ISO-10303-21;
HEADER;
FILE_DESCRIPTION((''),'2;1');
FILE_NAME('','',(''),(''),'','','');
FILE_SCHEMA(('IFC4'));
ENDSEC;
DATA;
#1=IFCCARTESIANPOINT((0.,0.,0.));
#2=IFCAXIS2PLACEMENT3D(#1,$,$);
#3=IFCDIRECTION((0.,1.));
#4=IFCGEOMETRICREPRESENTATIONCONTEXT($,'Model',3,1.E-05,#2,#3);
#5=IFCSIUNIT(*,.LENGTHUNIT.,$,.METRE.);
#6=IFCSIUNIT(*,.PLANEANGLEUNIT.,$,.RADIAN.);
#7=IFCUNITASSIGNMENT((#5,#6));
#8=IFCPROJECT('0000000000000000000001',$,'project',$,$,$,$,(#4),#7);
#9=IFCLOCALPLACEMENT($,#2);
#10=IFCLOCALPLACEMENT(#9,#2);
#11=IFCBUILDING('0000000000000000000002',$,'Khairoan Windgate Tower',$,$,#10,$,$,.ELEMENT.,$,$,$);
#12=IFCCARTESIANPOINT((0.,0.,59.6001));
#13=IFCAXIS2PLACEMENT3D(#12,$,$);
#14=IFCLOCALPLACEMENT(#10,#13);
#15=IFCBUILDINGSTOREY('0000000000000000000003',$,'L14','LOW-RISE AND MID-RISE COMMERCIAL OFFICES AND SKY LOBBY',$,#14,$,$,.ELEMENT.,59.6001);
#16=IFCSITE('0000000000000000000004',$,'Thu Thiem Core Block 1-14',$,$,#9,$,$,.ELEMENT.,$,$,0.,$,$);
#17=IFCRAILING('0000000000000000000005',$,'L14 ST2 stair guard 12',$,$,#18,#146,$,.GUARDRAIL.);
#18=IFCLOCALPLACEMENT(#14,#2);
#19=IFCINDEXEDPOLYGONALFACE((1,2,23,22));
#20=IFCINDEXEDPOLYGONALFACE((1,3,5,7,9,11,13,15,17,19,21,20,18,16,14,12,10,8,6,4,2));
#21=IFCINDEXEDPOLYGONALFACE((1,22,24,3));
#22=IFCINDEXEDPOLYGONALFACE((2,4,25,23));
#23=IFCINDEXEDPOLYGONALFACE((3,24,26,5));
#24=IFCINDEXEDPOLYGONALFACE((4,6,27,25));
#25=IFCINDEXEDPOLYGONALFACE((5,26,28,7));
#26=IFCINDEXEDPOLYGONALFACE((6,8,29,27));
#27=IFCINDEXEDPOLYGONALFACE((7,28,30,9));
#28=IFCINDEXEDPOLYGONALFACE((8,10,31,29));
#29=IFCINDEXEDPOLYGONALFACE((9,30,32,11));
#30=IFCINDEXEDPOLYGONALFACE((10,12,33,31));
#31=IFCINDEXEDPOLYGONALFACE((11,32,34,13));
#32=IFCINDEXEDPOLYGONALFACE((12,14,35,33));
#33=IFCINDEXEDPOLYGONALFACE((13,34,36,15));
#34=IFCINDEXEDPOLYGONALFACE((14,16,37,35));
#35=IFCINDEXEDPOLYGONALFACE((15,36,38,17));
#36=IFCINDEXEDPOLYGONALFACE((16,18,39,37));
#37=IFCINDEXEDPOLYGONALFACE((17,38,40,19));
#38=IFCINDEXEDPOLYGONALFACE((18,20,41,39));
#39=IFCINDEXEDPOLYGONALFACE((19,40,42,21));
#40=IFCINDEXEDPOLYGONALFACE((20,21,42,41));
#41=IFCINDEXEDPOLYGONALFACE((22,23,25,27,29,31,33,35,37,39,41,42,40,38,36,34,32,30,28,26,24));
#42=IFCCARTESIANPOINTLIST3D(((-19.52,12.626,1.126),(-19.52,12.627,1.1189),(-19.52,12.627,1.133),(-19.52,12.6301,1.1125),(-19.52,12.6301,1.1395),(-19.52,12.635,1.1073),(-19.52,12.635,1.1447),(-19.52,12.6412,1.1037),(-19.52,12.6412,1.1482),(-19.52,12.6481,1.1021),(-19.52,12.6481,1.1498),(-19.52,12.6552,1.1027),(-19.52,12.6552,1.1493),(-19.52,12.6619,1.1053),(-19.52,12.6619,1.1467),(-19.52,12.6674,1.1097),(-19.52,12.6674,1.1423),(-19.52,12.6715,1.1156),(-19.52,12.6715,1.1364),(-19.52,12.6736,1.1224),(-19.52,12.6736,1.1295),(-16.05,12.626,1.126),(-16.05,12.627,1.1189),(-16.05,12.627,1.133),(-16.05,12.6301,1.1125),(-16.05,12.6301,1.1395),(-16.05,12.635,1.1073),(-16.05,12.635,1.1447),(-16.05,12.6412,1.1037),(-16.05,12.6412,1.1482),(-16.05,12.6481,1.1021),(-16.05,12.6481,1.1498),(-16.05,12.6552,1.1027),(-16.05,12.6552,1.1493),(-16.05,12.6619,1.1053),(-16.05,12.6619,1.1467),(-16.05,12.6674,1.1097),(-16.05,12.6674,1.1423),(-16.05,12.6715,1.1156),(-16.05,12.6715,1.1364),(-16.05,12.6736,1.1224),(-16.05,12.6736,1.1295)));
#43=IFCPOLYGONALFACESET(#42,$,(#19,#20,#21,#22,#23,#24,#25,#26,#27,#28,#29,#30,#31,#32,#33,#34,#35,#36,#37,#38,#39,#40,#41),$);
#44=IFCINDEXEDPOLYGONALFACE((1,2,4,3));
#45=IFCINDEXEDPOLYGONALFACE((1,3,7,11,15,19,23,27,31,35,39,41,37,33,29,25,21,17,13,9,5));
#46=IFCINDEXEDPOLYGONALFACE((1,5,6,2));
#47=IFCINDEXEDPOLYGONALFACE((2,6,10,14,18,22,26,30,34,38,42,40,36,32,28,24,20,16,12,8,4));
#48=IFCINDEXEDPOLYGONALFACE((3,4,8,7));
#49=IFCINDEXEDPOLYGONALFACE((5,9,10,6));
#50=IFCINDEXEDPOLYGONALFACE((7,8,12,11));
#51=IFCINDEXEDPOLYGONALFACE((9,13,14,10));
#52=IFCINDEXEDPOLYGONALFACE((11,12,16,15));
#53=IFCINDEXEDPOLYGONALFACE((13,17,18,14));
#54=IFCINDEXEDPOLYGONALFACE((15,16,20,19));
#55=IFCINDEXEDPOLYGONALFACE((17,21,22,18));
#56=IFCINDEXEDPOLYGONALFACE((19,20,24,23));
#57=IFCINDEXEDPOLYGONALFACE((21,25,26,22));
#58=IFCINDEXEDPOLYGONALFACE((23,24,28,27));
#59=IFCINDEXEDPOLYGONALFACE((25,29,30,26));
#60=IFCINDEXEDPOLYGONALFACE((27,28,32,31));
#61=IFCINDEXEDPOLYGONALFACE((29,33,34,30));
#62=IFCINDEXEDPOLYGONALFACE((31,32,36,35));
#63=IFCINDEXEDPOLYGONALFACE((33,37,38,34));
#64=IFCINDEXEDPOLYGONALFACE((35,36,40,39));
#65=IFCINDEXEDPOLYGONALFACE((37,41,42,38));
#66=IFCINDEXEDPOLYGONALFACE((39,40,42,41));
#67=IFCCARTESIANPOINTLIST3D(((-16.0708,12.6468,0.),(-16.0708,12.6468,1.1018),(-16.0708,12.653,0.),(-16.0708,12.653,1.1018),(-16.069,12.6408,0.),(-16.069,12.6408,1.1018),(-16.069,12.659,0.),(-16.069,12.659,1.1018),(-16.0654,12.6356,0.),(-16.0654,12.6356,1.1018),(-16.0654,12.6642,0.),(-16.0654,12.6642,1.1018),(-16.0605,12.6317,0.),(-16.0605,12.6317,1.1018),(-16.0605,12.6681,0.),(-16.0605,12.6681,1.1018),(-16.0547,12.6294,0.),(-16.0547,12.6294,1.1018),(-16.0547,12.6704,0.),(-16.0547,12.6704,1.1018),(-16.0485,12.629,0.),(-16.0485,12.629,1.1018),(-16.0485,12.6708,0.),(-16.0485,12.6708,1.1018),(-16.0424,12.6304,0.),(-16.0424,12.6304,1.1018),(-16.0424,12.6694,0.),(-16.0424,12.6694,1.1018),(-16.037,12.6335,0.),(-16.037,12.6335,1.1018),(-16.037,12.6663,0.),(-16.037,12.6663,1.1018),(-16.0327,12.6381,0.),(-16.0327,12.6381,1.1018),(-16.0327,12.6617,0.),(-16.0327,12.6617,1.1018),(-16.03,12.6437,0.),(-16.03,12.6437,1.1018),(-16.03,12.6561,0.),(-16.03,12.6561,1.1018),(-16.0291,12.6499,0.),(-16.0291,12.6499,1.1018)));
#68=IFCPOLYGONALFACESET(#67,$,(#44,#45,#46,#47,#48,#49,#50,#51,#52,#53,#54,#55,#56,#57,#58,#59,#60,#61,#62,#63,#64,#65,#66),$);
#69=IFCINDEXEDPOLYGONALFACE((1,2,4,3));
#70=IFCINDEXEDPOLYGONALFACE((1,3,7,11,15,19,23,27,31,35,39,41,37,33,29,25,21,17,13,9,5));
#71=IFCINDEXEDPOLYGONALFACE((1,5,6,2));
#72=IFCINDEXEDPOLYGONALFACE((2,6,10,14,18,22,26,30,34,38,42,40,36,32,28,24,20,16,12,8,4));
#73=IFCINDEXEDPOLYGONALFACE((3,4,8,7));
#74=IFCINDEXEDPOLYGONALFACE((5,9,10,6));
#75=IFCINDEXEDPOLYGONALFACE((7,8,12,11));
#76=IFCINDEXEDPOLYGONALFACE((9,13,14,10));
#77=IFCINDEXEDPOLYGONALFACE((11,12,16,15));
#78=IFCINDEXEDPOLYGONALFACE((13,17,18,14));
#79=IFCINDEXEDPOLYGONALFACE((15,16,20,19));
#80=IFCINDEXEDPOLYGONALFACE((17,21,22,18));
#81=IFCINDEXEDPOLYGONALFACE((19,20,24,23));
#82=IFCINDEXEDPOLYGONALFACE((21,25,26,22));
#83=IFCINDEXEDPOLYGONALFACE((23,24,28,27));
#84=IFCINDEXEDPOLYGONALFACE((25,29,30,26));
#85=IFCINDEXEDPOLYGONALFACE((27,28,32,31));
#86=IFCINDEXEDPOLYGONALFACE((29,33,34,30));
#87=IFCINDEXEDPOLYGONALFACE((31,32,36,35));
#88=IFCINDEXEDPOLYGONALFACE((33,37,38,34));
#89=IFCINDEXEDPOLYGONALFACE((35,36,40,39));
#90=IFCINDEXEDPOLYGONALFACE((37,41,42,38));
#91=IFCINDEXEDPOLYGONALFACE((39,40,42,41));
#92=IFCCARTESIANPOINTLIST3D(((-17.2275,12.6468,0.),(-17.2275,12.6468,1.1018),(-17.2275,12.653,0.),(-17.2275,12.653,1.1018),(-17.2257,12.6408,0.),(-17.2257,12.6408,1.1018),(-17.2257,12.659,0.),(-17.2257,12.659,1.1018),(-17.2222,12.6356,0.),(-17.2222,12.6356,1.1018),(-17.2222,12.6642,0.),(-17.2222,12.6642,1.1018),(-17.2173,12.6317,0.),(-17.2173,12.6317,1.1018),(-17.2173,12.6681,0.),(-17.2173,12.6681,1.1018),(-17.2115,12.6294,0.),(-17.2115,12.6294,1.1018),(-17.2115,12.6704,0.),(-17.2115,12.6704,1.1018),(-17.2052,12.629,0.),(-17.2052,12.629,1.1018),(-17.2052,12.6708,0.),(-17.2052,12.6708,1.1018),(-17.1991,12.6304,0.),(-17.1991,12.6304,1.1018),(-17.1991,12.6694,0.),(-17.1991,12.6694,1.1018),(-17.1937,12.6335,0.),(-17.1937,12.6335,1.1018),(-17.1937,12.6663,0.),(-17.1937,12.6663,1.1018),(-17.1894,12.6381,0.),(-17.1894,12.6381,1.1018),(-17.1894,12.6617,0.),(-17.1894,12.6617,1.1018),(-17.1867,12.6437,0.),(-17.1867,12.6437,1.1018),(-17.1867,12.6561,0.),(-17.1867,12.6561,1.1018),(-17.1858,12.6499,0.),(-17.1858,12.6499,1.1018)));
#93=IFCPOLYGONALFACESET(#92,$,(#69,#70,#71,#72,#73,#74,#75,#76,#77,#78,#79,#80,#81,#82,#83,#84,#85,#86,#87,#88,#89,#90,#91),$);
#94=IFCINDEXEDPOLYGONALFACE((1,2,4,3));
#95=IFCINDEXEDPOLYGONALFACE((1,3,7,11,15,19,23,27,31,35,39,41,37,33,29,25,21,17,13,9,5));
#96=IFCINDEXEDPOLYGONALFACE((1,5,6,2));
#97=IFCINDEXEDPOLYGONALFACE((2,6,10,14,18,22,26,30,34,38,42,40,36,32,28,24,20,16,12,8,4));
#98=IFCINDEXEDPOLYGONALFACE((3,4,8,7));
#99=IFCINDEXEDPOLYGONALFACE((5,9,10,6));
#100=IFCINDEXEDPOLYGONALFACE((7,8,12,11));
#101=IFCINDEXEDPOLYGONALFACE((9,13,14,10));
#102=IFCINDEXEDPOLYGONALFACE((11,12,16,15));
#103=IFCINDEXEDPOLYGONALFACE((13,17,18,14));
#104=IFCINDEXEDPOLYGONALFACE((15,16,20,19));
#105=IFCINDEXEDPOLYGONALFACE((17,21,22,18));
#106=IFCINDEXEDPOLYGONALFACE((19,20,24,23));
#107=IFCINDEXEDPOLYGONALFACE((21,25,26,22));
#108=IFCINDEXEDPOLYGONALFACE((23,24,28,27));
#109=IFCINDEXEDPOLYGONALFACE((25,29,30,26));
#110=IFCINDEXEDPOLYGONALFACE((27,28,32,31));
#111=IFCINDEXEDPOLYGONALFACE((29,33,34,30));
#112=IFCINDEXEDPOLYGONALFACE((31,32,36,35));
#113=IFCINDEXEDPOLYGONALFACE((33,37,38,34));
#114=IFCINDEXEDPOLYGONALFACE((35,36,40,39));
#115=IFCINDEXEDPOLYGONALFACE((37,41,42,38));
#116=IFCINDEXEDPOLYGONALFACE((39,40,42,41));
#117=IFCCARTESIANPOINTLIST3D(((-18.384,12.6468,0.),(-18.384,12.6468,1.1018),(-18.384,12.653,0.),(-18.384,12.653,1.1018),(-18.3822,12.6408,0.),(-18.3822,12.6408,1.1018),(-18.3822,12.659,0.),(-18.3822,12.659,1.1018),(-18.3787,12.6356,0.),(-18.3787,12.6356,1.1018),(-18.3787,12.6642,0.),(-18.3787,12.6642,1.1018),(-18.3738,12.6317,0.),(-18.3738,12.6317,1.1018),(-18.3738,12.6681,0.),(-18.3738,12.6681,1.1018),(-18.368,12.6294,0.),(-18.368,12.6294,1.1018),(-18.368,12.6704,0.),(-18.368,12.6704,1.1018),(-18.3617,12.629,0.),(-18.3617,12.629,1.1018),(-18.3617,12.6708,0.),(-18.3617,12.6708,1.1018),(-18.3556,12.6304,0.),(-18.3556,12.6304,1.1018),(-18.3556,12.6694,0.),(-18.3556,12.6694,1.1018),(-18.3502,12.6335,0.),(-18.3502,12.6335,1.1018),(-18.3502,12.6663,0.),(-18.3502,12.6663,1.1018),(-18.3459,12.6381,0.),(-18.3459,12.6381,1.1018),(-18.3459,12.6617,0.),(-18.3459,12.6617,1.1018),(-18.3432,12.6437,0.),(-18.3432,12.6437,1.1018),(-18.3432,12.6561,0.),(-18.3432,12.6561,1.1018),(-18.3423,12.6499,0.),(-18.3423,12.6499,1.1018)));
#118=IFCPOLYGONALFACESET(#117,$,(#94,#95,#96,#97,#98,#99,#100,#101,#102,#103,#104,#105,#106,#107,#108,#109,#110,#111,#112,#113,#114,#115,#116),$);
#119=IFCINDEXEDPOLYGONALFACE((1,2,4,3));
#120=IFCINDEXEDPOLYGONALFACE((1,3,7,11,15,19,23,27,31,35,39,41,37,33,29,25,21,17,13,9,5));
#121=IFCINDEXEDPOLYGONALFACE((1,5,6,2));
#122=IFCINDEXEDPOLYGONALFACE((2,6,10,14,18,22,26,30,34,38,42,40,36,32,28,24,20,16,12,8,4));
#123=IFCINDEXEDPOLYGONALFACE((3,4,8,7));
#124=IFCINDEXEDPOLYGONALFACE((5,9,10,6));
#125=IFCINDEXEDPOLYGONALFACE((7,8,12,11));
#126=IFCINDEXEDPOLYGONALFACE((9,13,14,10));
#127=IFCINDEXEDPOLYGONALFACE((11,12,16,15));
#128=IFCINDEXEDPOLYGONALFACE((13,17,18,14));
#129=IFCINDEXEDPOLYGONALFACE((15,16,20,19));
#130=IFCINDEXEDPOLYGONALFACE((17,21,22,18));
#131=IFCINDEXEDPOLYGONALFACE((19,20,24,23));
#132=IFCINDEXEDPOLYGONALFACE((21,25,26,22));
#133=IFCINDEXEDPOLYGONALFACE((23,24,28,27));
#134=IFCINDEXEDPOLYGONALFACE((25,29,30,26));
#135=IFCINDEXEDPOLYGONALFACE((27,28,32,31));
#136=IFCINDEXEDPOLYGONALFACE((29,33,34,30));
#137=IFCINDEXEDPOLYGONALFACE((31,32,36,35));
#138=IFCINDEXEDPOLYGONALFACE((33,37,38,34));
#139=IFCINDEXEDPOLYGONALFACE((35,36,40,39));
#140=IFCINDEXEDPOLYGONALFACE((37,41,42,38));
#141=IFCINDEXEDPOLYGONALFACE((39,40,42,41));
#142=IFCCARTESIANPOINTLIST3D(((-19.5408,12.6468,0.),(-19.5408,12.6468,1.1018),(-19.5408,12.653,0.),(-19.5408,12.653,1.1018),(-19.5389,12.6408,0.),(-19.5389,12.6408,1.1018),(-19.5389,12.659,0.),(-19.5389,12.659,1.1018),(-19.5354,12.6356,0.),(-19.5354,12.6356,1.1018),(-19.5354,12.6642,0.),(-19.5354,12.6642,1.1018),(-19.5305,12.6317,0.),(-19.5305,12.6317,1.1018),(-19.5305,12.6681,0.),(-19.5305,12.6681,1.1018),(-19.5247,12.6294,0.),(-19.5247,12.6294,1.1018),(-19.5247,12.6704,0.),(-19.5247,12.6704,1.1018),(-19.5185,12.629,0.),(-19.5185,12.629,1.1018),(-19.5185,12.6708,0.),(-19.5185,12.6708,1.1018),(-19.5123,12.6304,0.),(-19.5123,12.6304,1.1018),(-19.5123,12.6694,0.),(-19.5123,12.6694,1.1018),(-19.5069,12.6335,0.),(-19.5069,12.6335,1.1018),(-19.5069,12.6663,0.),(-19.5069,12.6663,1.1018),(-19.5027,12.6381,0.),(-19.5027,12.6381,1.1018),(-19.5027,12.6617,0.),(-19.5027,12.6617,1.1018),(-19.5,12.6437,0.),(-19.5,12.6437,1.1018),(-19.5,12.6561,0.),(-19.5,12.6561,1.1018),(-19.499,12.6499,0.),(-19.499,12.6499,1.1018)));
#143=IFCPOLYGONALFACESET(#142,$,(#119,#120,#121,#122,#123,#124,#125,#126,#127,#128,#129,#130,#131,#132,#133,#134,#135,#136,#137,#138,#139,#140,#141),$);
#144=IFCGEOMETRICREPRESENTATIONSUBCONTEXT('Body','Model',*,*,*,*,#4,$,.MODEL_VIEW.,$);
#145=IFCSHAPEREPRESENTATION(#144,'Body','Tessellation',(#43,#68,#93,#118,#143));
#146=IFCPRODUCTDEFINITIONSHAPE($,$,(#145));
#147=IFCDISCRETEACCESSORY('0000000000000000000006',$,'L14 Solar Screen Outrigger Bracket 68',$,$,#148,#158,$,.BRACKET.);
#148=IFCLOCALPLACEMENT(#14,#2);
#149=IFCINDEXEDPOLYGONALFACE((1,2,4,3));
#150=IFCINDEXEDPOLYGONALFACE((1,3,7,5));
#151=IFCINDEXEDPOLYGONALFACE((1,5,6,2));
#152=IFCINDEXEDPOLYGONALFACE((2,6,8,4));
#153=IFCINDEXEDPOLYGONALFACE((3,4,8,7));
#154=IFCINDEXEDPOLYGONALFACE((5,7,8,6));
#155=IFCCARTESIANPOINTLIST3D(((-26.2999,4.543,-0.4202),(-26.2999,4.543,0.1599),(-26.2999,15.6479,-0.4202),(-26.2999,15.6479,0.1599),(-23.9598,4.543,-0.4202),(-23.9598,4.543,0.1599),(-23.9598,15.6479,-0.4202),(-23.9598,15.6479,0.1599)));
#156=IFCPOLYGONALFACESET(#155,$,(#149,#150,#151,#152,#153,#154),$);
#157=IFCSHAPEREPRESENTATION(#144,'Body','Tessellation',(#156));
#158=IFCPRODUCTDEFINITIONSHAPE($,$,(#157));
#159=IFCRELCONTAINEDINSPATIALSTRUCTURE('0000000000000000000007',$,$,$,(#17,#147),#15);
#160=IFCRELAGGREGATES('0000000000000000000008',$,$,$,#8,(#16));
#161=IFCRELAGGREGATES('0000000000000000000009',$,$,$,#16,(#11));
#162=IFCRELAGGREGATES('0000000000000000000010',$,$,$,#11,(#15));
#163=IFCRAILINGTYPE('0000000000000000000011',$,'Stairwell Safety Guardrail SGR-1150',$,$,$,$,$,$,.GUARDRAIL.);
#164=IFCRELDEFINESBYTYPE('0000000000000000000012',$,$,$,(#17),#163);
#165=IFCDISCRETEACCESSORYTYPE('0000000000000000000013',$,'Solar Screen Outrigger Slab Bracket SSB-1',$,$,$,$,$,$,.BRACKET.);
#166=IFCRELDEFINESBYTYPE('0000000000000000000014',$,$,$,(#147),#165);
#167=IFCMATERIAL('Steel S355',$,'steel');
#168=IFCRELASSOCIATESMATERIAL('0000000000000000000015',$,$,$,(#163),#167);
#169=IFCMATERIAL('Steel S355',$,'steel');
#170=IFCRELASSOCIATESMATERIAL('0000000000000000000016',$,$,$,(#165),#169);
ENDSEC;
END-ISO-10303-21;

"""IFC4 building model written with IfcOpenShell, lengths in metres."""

from ifc_helpers import new_model, si_unit, direction, frame, origin, origin_2d, place, context, subcontext, project, spatial, rectangle, circle, extrude, material, type_object, element, save


model = new_model("IFC4")

# Units and contexts
model_context = context("Model", 3, precision=1e-05, world=origin(), true_north=direction((0.0, 1.0)))
body_context = subcontext(model_context, "Body", "Model", "MODEL_VIEW")
ifc_project = project(units=[si_unit("LENGTHUNIT", "METRE"), si_unit("PLANEANGLEUNIT", "RADIAN")], contexts=[model_context])

# Site, building, storey
site_placement = place(None, origin())
site = spatial("IfcSite", under=ifc_project, at=site_placement, Name="Thu Thiem Core Block 1-14", CompositionType="ELEMENT", RefElevation=0.0)
building_placement = place(site_placement, origin())
building = spatial("IfcBuilding", under=site, at=building_placement, Name="Khairoan Windgate Tower", CompositionType="ELEMENT")
storey_placement = place(building_placement, frame((0.0, 0.0, 59.6001)))
storey = spatial("IfcBuildingStorey", under=building, at=storey_placement, Name="L14", Description="LOW-RISE AND MID-RISE COMMERCIAL OFFICES AND SKY LOBBY", CompositionType="ELEMENT", Elevation=59.6001)

# Railing
ifc_material_1 = material(Name="Steel S355", Category="steel")
railing_type = type_object("IfcRailingType", Name="Stairwell Safety Guardrail SGR-1150", PredefinedType="GUARDRAIL", material=ifc_material_1)
railing_1_placement = place(storey_placement, frame((-16.05, 12.6499, 0.0)))
element("IfcRailing", 1, at=railing_1_placement, inside=storey, type_object=railing_type, Name="L14 ST2 stair guard 12", PredefinedType="GUARDRAIL", context=body_context, shape_type="SweptSolid", body=[
    extrude(circle(Radius=0.0239, at=origin_2d()), frame((0.0, 0.0, 1.126), z_axis=(-1.0, 0.0, 0.0), x_axis=(0.0, -1.0, 0.0)), (0.0, 0.0, 1.0), 3.47),
    extrude(circle(Radius=0.021, at=origin_2d()), origin(), (0.0, 0.0, 1.0), 1.1018),
    extrude(circle(Radius=0.021, at=origin_2d()), frame((-1.1567, 0.0, 0.0)), (0.0, 0.0, 1.0), 1.1018),
    extrude(circle(Radius=0.021, at=origin_2d()), frame((-2.3132, 0.0, 0.0)), (0.0, 0.0, 1.0), 1.1018),
    extrude(circle(Radius=0.021, at=origin_2d()), frame((-3.47, 0.0, 0.0)), (0.0, 0.0, 1.0), 1.1018),
])

# Discrete accessory
ifc_material_2 = material(Name="Steel S355", Category="steel")
discrete_accessory_type = type_object("IfcDiscreteAccessoryType", Name="Solar Screen Outrigger Slab Bracket SSB-1", PredefinedType="BRACKET", material=ifc_material_2)
discrete_accessory_placement = place(storey_placement, frame((-25.1299, 10.0955, -0.4202), z_axis=(0.0, 0.0, 1.0), x_axis=(0.0, 1.0, 0.0)))
element("IfcDiscreteAccessory", 2, at=discrete_accessory_placement, inside=storey, type_object=discrete_accessory_type, Name="L14 Solar Screen Outrigger Bracket 68", PredefinedType="BRACKET", context=body_context, shape_type="SweptSolid", body=[
    extrude(rectangle(XDim=11.105, YDim=2.3401, at=origin_2d()), origin(), (0.0, 0.0, 1.0), 0.5801),
])

save(model, "model.ifc")
